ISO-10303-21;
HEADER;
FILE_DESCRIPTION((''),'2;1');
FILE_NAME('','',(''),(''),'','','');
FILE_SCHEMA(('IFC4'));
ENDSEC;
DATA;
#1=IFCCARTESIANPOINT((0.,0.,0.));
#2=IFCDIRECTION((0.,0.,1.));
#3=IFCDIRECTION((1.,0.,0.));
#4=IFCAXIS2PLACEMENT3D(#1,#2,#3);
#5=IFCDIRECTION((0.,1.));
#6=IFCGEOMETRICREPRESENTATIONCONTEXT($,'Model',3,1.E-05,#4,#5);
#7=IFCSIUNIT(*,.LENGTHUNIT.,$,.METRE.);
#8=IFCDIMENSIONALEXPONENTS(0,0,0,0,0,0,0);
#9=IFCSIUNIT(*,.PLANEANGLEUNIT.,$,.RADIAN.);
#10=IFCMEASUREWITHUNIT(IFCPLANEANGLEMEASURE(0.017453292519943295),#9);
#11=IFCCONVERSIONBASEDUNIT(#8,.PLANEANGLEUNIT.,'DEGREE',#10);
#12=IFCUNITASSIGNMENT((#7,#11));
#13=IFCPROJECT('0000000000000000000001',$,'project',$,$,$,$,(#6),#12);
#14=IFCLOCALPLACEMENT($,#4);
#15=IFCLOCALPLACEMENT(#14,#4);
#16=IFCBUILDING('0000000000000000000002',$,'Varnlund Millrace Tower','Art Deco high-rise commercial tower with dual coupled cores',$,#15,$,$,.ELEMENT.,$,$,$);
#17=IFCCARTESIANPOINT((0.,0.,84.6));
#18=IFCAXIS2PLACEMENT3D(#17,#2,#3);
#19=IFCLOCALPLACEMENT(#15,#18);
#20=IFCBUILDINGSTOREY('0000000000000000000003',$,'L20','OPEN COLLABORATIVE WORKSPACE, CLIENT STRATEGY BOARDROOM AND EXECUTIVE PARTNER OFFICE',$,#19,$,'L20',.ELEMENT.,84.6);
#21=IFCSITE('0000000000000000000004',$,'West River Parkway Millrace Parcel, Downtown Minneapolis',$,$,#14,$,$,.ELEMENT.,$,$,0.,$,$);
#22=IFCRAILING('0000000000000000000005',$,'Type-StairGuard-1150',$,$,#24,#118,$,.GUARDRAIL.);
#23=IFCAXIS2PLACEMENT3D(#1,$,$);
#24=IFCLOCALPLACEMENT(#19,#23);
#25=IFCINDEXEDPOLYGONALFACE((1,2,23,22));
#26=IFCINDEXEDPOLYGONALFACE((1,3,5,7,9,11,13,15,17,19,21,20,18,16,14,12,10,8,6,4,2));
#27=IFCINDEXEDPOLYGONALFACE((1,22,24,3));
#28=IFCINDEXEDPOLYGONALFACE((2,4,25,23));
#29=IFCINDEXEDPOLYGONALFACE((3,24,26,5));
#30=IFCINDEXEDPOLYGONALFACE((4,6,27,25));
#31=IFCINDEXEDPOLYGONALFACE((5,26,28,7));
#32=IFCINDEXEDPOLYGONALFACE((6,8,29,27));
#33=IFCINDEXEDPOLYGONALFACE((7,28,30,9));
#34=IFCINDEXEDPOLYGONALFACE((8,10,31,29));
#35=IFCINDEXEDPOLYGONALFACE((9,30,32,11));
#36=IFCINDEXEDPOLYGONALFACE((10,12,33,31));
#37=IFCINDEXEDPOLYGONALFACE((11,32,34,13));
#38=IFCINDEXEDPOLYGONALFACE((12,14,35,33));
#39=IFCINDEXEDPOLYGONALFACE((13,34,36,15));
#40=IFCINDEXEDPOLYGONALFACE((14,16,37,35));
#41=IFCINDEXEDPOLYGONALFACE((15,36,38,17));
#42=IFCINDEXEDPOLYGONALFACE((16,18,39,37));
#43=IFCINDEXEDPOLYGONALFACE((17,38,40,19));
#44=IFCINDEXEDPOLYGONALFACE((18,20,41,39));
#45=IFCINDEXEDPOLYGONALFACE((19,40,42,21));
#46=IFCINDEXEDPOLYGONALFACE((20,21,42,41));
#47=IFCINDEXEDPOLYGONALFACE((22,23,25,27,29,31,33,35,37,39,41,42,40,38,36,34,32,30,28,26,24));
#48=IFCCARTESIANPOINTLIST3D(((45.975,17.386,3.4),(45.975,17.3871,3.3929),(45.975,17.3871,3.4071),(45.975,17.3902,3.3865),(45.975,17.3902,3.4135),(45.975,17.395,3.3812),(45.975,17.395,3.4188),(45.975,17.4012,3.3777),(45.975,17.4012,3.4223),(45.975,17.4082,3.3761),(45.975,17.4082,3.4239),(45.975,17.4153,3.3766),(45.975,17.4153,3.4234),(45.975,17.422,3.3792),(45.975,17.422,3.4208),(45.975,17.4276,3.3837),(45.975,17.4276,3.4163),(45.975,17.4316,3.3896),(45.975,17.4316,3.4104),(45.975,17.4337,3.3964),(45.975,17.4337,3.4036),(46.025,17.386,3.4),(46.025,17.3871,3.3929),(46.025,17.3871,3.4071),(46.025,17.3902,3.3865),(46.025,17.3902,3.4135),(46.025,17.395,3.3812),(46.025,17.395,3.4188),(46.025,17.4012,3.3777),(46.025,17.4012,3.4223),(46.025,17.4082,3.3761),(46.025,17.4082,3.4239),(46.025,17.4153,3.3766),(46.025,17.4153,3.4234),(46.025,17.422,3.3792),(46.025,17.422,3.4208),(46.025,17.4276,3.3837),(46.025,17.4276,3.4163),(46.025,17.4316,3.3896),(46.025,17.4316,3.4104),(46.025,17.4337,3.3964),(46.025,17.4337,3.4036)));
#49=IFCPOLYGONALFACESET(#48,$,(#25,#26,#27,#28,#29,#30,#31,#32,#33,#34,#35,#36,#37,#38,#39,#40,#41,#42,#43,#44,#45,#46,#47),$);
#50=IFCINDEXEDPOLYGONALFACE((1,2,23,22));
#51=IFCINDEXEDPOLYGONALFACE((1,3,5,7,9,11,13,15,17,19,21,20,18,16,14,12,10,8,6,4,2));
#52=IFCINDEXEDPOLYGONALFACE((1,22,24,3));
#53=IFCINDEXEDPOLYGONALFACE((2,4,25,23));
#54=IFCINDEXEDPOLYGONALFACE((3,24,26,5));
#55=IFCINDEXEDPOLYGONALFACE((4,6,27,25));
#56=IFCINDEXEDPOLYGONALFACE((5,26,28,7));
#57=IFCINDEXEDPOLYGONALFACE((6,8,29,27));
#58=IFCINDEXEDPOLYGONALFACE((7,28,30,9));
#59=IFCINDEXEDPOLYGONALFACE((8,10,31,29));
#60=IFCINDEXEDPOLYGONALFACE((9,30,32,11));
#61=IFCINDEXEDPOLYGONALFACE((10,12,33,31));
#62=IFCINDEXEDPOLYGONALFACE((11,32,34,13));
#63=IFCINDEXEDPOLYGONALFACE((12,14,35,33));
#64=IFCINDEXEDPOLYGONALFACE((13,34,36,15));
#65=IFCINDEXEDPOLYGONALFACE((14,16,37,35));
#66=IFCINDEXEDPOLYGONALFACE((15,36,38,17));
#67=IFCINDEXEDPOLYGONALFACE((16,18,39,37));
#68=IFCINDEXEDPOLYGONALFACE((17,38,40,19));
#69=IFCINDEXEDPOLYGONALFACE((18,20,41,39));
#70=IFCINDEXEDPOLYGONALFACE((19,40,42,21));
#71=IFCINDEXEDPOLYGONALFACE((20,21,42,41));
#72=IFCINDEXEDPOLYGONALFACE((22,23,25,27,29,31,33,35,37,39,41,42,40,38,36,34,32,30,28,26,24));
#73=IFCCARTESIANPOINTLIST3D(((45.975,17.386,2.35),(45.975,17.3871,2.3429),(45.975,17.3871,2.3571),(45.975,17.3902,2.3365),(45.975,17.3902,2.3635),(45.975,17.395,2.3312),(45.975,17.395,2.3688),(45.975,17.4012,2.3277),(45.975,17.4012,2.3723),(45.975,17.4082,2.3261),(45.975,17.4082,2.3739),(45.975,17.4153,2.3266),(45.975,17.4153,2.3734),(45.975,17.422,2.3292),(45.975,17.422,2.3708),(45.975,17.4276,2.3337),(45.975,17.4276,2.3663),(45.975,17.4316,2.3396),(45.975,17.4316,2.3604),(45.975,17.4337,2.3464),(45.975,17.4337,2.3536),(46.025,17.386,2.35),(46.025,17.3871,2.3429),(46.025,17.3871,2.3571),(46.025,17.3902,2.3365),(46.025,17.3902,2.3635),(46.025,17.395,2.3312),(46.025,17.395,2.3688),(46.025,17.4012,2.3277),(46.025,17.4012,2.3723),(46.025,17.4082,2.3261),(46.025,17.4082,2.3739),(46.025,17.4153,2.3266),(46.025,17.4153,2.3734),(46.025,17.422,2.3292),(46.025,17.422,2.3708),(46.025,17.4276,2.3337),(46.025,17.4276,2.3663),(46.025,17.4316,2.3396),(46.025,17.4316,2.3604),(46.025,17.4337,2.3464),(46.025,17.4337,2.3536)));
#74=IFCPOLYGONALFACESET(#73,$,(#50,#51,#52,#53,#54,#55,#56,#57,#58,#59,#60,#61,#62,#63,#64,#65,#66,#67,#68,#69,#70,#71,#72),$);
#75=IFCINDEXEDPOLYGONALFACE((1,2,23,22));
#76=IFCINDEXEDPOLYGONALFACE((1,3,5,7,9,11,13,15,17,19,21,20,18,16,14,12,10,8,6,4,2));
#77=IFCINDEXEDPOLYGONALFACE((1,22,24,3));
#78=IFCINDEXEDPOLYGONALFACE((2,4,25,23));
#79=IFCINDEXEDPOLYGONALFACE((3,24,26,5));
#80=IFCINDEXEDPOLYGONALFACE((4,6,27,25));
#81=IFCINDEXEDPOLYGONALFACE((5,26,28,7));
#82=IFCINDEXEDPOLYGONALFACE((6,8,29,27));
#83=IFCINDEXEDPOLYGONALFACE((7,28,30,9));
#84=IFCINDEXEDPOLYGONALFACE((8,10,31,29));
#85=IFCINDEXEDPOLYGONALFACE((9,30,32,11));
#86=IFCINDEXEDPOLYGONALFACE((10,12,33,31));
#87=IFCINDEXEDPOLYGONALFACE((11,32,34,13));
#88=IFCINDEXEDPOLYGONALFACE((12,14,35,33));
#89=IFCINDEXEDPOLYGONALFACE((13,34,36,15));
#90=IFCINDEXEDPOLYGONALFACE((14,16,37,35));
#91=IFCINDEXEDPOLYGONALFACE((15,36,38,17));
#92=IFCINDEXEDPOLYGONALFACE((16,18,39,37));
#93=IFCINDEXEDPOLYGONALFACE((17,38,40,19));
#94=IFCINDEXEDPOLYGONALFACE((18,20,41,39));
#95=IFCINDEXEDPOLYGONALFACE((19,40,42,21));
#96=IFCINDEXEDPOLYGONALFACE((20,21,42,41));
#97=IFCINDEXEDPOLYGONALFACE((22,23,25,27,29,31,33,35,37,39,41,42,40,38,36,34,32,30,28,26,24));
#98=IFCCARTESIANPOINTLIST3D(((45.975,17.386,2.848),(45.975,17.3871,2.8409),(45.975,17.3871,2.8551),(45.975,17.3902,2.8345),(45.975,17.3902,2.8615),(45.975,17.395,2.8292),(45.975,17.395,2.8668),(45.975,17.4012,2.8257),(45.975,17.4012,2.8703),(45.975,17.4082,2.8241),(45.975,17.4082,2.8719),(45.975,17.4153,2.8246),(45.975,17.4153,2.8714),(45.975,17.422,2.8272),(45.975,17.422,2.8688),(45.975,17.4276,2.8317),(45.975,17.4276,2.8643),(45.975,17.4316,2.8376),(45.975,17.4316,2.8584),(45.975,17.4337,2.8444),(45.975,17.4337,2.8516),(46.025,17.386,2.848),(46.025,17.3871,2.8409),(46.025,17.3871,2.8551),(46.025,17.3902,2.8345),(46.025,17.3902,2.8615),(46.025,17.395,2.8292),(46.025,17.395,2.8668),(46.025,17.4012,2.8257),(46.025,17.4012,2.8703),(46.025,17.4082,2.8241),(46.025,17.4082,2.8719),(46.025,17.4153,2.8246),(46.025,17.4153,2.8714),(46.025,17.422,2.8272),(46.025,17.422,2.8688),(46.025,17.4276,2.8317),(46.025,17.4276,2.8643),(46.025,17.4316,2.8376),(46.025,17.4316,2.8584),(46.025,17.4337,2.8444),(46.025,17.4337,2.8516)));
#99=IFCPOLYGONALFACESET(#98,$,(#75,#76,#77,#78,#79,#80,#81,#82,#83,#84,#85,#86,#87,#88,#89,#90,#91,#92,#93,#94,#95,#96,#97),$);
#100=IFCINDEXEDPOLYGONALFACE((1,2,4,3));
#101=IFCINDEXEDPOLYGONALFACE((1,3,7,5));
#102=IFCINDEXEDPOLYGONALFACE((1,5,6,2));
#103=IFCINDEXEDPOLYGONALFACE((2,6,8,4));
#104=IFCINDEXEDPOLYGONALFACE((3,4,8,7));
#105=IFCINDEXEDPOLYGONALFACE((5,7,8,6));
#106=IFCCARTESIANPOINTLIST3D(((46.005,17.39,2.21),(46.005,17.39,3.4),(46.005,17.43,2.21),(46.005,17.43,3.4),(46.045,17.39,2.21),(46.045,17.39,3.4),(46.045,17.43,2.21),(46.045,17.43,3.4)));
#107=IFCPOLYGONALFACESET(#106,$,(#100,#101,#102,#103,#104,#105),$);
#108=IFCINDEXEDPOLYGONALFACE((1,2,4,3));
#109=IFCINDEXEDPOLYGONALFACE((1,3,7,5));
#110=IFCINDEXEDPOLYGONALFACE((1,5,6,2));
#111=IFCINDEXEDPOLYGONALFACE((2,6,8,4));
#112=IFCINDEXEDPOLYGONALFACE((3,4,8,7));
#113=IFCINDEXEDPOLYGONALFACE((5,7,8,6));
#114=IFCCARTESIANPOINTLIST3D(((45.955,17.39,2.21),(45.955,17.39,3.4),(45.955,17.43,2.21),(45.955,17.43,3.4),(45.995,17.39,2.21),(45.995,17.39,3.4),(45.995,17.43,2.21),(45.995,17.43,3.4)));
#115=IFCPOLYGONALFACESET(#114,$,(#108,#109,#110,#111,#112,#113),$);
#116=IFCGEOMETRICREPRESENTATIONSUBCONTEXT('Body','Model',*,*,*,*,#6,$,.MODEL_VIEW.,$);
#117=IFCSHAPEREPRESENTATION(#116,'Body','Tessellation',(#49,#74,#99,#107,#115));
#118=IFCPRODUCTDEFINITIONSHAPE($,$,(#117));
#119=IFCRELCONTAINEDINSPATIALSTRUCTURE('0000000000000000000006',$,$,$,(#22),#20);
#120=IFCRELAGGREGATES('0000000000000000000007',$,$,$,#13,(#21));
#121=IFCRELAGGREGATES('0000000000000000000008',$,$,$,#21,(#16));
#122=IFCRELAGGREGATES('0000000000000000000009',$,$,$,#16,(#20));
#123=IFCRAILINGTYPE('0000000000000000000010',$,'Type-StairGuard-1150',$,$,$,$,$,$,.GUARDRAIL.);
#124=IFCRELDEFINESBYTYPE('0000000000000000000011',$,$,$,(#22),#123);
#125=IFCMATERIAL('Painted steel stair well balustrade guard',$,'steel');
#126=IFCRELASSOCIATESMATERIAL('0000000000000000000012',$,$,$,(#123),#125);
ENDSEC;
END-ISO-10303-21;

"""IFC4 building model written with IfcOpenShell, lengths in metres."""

from ifc_helpers import new_model, entity, si_unit, converted_unit, direction, frame, origin_with_axes, origin_2d_with_axis, place, context, subcontext, project, spatial, rectangle, circle, extrude, material, type_object, element, save


model = new_model("IFC4")

# Units and contexts
model_context = context("Model", 3, precision=1e-05, world=origin_with_axes(), true_north=direction((0.0, 1.0)))
body_context = subcontext(model_context, "Body", "Model", "MODEL_VIEW")
ifc_project = project(units=[si_unit("LENGTHUNIT", "METRE"), converted_unit("PLANEANGLEUNIT", "DEGREE", entity("IfcPlaneAngleMeasure", 0.017453292519943295), si_unit("PLANEANGLEUNIT", "RADIAN"), dimensions=[0, 0, 0, 0, 0, 0, 0])], contexts=[model_context])

# Site, building, storey
site_placement = place(None, origin_with_axes())
site = spatial("IfcSite", under=ifc_project, at=site_placement, Name="West River Parkway Millrace Parcel, Downtown Minneapolis", CompositionType="ELEMENT", RefElevation=0.0)
building_placement = place(site_placement, origin_with_axes())
building = spatial("IfcBuilding", under=site, at=building_placement, Name="Varnlund Millrace Tower", Description="Art Deco high-rise commercial tower with dual coupled cores", CompositionType="ELEMENT")
storey_placement = place(building_placement, frame((0.0, 0.0, 84.6), z_axis=(0.0, 0.0, 1.0), x_axis=(1.0, 0.0, 0.0)))
storey = spatial("IfcBuildingStorey", under=building, at=storey_placement, Name="L20", Description="OPEN COLLABORATIVE WORKSPACE, CLIENT STRATEGY BOARDROOM AND EXECUTIVE PARTNER OFFICE", LongName="L20", CompositionType="ELEMENT", Elevation=84.6)

# Railing
ifc_material_1 = material(Name="Painted steel stair well balustrade guard", Category="steel")
railing_type_1 = type_object("IfcRailingType", Name="Type-StairGuard-1150", PredefinedType="GUARDRAIL", material=ifc_material_1)
railing_1_placement = place(storey_placement, frame((0.0, 0.0, -84.6), z_axis=(0.0, 0.0, 1.0), x_axis=(1.0, 0.0, 0.0)))
element("IfcRailing", 1, at=railing_1_placement, inside=storey, type_object=railing_type_1, Name="Type-StairGuard-1150", PredefinedType="GUARDRAIL", context=body_context, shape_type="SweptSolid", body=[
    extrude(circle(Radius=0.024, at=origin_2d_with_axis()), frame((46.025, 17.41, 88.0), z_axis=(-1.0, 0.0, 0.0), x_axis=(0.0, -1.0, 0.0)), (0.0, 0.0, 1.0), 0.05),
    extrude(circle(Radius=0.024, at=origin_2d_with_axis()), frame((46.025, 17.41, 86.95), z_axis=(-1.0, 0.0, 0.0), x_axis=(0.0, -1.0, 0.0)), (0.0, 0.0, 1.0), 0.05),
    extrude(circle(Radius=0.024, at=origin_2d_with_axis()), frame((46.025, 17.41, 87.448), z_axis=(-1.0, 0.0, 0.0), x_axis=(0.0, -1.0, 0.0)), (0.0, 0.0, 1.0), 0.05),
    extrude(rectangle(XDim=0.04, YDim=0.04, at=origin_2d_with_axis()), frame((46.025, 17.41, 86.81), z_axis=(0.0, 0.0, 1.0), x_axis=(1.0, 0.0, 0.0)), (0.0, 0.0, 1.0), 1.19),
    extrude(rectangle(XDim=0.04, YDim=0.04, at=origin_2d_with_axis()), frame((45.975, 17.41, 86.81), z_axis=(0.0, 0.0, 1.0), x_axis=(1.0, 0.0, 0.0)), (0.0, 0.0, 1.0), 1.19),
])

save(model, "model.ifc")
